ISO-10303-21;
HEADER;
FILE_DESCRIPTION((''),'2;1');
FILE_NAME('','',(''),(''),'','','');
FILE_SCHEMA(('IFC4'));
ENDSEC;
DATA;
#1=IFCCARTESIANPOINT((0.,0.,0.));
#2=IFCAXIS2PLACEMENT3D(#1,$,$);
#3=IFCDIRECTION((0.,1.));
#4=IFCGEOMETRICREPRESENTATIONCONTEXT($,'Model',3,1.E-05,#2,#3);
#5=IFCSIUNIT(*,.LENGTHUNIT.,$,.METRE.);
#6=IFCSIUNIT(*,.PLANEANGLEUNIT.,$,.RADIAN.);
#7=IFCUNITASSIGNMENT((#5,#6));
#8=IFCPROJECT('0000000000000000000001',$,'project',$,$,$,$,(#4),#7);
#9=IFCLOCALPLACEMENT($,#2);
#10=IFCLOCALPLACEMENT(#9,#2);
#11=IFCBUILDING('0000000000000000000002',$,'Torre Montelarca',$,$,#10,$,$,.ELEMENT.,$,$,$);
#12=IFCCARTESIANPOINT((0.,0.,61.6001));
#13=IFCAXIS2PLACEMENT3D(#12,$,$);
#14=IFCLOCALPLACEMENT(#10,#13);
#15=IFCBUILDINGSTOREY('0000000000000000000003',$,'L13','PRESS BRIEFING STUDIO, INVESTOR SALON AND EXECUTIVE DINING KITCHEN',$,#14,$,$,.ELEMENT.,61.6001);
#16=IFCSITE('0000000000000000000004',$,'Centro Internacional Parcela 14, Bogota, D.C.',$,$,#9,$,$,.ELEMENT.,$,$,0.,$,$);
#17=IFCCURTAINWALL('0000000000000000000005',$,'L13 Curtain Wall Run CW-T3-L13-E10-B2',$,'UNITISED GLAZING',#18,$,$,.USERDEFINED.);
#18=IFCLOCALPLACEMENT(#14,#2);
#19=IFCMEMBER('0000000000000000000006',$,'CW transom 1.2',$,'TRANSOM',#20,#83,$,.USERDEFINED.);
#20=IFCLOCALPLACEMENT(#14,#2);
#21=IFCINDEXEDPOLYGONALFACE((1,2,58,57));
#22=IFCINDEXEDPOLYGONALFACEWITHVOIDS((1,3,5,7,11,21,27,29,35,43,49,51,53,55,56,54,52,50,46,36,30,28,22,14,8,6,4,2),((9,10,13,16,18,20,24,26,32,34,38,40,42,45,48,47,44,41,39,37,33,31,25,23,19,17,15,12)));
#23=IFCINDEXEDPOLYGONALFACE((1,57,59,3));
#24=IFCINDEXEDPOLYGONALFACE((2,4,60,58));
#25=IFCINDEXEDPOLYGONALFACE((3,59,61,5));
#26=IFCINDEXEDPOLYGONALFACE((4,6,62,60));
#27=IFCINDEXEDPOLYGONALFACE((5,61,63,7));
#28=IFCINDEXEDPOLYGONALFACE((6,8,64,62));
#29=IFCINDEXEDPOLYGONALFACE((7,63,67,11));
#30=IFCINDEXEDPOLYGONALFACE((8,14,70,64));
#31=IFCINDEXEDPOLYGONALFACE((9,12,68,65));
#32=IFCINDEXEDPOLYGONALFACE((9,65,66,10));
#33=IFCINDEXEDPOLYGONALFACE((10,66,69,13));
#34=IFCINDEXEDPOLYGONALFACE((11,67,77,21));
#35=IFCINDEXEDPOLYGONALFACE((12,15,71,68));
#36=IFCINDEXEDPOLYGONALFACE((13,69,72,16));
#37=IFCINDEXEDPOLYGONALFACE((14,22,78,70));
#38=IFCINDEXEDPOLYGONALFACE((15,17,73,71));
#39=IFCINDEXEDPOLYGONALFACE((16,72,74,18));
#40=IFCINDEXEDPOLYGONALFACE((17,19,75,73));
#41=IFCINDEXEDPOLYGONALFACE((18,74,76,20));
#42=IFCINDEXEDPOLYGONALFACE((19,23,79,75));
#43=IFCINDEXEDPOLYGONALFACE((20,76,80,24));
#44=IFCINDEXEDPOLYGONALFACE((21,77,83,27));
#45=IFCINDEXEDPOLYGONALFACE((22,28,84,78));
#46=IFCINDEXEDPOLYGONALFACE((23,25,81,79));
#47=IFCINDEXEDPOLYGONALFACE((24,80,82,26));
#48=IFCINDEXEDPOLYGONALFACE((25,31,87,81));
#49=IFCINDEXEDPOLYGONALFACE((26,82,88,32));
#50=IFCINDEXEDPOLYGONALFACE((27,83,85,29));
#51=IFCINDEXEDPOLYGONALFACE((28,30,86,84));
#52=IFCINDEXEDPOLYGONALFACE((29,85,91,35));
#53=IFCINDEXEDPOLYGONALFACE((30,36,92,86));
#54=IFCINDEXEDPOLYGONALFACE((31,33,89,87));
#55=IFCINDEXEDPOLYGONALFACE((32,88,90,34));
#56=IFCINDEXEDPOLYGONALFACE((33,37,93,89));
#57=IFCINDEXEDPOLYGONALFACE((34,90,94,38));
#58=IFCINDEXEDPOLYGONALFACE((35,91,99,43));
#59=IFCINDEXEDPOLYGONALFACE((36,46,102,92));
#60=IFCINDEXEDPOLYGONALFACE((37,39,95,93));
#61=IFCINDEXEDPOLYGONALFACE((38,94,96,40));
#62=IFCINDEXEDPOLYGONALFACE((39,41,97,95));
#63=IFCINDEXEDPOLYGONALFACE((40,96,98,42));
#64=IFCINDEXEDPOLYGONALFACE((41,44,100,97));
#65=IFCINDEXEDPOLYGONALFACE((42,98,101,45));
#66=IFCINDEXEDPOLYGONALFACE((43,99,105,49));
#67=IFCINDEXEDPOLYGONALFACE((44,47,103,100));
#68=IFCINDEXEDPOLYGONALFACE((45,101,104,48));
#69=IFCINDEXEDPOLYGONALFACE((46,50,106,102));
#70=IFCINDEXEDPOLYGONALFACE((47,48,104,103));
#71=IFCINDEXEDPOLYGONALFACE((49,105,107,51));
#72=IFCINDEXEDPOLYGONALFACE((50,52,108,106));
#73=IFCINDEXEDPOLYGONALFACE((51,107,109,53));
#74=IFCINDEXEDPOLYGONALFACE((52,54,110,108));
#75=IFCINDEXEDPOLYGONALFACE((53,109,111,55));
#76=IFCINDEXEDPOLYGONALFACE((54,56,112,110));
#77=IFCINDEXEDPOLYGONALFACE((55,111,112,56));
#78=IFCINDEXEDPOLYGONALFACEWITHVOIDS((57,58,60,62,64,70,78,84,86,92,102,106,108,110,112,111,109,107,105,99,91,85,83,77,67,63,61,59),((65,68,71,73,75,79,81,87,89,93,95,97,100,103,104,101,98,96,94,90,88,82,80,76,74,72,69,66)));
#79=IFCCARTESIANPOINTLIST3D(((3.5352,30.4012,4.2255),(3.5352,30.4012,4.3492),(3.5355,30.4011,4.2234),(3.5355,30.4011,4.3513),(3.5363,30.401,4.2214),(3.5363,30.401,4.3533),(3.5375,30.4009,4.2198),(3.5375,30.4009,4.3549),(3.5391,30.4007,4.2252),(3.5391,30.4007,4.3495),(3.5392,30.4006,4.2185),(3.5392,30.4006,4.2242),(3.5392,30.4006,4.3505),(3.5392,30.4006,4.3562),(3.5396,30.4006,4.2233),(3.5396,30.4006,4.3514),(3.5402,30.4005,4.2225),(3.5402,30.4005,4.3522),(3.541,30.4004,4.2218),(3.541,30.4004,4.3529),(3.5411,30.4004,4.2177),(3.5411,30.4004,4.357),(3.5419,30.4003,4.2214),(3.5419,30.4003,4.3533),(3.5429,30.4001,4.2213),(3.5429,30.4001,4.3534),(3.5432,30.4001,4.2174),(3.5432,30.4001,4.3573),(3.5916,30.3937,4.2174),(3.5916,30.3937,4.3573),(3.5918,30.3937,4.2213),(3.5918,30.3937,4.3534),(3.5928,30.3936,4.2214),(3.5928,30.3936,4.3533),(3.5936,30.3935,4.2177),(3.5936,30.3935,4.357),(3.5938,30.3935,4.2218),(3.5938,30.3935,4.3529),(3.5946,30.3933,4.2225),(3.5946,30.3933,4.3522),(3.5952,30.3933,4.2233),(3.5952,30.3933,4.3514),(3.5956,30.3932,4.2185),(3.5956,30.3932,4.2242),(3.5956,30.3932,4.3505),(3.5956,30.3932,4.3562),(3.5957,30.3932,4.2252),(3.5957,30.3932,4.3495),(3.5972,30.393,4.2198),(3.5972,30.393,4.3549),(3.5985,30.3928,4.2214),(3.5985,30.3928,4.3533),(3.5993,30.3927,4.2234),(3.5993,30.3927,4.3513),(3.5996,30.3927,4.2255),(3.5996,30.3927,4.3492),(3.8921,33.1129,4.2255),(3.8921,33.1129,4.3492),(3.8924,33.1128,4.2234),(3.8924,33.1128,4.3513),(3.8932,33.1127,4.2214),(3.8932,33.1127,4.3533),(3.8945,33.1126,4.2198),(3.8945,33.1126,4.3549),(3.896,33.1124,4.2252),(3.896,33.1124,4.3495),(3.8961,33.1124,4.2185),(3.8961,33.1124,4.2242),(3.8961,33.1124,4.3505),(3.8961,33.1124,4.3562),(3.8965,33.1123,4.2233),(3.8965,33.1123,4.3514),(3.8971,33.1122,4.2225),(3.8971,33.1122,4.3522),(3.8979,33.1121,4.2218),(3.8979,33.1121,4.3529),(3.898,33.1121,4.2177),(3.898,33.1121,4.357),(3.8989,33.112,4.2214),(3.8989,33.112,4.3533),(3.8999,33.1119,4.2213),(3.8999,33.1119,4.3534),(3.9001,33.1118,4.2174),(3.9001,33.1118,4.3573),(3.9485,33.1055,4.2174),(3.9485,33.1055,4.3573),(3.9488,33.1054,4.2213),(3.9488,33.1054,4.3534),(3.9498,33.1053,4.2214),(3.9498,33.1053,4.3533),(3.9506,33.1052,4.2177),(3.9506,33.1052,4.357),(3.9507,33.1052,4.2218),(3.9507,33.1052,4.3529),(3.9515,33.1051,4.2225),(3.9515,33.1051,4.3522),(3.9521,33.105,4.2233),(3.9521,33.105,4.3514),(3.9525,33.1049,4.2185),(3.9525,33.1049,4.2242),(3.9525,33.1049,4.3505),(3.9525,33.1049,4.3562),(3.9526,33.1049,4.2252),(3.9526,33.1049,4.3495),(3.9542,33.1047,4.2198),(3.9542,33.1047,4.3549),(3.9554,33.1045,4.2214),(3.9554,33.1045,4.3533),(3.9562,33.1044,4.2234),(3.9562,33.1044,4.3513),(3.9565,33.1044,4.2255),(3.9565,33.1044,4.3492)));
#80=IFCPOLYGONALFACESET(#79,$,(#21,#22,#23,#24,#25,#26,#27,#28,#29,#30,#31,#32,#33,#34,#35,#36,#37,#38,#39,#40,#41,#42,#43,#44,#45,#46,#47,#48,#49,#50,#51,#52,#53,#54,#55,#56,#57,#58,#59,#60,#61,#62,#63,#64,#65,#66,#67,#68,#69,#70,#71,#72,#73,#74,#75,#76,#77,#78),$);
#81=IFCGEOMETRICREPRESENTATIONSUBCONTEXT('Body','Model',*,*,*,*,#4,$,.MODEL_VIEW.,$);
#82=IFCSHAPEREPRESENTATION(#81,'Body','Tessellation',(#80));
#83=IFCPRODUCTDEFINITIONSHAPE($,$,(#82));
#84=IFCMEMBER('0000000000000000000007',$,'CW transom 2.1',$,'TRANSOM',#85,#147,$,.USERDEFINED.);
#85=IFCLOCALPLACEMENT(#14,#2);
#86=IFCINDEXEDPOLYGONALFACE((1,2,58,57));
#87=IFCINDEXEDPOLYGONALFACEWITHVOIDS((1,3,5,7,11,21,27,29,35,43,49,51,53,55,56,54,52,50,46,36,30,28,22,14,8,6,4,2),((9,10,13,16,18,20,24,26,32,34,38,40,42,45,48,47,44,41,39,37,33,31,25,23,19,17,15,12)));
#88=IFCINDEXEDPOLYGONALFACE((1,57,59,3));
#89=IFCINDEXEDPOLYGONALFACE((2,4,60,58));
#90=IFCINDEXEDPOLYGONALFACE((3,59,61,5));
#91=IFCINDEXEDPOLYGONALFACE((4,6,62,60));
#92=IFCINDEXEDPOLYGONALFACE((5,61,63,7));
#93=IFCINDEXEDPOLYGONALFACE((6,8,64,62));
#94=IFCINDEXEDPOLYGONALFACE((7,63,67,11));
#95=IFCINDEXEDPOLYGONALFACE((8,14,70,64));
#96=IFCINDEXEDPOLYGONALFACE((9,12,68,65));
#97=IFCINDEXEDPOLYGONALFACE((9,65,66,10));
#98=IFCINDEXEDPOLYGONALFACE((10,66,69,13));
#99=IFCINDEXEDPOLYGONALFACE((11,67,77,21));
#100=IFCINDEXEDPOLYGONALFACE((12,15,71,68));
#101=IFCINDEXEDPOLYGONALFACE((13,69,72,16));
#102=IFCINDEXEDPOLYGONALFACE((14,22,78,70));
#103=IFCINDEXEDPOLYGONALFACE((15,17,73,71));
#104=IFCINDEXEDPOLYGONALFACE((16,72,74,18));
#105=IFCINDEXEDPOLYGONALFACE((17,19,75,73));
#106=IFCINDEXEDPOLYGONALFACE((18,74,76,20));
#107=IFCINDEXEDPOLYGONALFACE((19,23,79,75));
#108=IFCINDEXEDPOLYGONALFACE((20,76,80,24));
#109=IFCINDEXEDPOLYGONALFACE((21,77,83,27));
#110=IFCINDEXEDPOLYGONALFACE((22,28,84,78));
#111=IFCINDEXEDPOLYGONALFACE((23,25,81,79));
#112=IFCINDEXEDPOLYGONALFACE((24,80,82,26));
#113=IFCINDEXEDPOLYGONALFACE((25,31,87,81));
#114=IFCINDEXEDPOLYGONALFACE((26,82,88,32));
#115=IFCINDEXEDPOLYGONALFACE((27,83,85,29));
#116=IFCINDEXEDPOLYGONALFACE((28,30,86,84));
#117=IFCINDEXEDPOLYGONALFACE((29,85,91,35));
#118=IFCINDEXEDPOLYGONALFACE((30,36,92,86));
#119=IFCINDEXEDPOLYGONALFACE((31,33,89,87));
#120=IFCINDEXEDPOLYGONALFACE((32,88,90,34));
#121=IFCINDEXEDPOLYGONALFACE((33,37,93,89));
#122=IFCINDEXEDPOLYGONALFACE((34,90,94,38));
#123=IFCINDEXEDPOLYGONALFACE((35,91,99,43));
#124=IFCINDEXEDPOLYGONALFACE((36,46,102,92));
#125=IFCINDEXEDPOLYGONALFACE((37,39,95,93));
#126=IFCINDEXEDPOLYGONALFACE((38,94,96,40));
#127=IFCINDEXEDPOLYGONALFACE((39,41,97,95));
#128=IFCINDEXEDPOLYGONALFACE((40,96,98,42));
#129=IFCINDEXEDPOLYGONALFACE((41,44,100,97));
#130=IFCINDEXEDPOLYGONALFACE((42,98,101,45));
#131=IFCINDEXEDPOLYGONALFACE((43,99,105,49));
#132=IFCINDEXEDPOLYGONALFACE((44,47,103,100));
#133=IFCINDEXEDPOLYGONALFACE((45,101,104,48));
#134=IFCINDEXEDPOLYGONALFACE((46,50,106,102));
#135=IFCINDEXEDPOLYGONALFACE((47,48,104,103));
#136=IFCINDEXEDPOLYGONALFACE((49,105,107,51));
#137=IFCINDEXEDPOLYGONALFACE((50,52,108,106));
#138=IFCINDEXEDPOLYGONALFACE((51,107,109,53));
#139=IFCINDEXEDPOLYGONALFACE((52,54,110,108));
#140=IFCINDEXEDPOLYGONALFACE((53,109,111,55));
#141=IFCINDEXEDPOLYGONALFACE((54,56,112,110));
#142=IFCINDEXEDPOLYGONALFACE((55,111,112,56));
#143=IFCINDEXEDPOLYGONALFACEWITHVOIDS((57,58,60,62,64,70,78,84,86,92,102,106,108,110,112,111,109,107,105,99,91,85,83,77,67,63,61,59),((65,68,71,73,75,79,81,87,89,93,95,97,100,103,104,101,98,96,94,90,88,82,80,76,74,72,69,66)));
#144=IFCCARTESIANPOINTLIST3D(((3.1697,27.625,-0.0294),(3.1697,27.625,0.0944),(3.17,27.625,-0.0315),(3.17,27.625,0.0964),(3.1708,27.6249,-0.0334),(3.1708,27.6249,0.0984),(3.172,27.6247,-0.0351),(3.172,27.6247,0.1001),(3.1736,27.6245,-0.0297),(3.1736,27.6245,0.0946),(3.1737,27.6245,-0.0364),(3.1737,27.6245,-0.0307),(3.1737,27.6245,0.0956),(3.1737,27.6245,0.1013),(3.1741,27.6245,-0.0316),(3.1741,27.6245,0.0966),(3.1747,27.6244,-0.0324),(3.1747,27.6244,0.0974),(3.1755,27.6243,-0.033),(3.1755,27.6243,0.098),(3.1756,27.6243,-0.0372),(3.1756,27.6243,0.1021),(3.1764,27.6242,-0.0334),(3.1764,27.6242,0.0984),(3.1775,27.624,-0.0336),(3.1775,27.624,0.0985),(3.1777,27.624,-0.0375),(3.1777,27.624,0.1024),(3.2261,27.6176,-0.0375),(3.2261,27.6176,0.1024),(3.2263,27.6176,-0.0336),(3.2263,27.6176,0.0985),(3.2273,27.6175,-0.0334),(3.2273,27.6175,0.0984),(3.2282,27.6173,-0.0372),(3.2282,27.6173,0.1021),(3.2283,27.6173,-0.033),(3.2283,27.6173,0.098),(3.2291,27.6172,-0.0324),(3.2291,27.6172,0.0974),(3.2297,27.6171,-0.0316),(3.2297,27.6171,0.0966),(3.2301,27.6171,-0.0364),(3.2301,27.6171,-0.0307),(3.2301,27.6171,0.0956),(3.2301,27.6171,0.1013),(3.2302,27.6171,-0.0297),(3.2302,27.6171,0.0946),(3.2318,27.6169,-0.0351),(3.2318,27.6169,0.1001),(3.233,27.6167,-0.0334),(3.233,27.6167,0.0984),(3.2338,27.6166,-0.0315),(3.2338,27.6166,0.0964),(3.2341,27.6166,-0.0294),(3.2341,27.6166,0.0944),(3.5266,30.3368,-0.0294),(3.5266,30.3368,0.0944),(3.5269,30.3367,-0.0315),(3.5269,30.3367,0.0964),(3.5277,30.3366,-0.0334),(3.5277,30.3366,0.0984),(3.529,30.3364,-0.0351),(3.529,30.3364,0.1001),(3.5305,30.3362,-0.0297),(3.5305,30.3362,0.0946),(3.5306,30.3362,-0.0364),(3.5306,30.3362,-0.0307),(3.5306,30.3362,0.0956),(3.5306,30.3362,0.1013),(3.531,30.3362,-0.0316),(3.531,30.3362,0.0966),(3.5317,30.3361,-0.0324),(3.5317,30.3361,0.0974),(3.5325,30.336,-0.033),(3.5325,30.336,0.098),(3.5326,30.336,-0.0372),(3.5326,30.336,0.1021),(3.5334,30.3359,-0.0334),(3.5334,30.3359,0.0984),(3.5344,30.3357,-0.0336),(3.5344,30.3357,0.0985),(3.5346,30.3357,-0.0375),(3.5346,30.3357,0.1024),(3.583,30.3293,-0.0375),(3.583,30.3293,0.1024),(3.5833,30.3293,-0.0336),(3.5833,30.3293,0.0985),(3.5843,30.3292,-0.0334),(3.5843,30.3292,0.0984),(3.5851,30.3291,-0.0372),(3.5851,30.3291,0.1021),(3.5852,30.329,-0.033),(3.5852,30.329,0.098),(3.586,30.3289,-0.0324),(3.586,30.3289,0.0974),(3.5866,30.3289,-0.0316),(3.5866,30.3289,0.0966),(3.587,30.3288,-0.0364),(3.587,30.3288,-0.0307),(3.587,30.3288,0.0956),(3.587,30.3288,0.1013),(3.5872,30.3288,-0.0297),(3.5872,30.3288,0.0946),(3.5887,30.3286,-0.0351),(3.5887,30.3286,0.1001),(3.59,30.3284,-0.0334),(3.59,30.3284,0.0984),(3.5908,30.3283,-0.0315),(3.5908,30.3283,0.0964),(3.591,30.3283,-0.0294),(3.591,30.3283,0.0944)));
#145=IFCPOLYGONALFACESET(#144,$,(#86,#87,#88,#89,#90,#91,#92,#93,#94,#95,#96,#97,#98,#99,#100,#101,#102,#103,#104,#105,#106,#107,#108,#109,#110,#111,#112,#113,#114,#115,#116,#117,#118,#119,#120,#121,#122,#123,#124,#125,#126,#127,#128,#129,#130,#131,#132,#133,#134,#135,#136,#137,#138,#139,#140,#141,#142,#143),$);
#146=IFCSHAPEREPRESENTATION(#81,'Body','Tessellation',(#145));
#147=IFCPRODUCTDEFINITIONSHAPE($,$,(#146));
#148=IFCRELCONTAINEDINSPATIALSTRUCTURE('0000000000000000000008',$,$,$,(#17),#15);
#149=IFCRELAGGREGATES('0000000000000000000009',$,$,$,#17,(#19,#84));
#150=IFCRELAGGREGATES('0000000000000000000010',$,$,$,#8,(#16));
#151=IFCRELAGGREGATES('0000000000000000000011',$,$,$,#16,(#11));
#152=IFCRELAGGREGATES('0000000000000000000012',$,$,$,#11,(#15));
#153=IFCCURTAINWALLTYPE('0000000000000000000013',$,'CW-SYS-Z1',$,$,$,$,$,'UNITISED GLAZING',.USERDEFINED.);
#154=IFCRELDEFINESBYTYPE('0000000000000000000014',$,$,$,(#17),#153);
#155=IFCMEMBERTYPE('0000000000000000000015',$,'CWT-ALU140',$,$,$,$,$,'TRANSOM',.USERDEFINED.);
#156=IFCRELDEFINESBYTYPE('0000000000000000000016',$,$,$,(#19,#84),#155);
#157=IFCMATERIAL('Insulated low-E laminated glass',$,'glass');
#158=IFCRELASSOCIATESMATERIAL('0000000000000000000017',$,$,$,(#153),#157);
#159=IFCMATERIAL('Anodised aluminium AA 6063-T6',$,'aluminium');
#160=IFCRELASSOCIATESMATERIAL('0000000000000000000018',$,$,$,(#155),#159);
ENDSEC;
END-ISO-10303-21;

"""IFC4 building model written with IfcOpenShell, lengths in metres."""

from ifc_helpers import new_model, si_unit, direction, frame, origin, origin_2d, place, context, subcontext, project, spatial, hollow_rectangle, extrude, source, transform, mapped, material, material_profile, profile_set, type_object, element, aggregate, save


model = new_model("IFC4")

# Units and contexts
model_context = context("Model", 3, precision=1e-05, world=origin(), true_north=direction((0.0, 1.0)))
body_context = subcontext(model_context, "Body", "Model", "MODEL_VIEW")
ifc_project = project(units=[si_unit("LENGTHUNIT", "METRE"), si_unit("PLANEANGLEUNIT", "RADIAN")], contexts=[model_context])

# Site, building, storey
site_placement = place(None, origin())
site = spatial("IfcSite", under=ifc_project, at=site_placement, Name="Centro Internacional Parcela 14, Bogota, D.C.", CompositionType="ELEMENT", RefElevation=0.0)
building_placement = place(site_placement, origin())
building = spatial("IfcBuilding", under=site, at=building_placement, Name="Torre Montelarca", CompositionType="ELEMENT")
storey_placement = place(building_placement, frame((0.0, 0.0, 61.6001)))
storey = spatial("IfcBuildingStorey", under=building, at=storey_placement, Name="L13", Description="PRESS BRIEFING STUDIO, INVESTOR SALON AND EXECUTIVE DINING KITCHEN", CompositionType="ELEMENT", Elevation=61.6001)

# Shared definitions
ifc_material_1 = material(Name="Insulated low-E laminated glass", Category="glass")
curtain_wall_type = type_object("IfcCurtainWallType", Name="CW-SYS-Z1", ElementType="UNITISED GLAZING", PredefinedType="USERDEFINED", material=ifc_material_1)
ifc_material_2 = material(Name="Anodised aluminium AA 6063-T6", Category="aluminium")
ifc_material_profile_1 = material_profile(ifc_material_2, hollow_rectangle(XDim=0.0649, YDim=0.1399, WallThickness=0.0039, InnerFilletRadius=0.0039, OuterFilletRadius=0.0081, at=origin_2d()), Name="ALU65X140X4", Category="aluminium")
ifc_profile_set_1 = profile_set([ifc_material_profile_1], Name="Anodised aluminium AA 6063-T6")
member_type_1 = type_object("IfcMemberType", Name="CWT-ALU140", ElementType="TRANSOM", PredefinedType="USERDEFINED", material=ifc_profile_set_1)

# Curtain wall, members
curtain_wall_1_placement = place(storey_placement, origin())
curtain_wall_1 = element("IfcCurtainWall", 1, at=curtain_wall_1_placement, inside=storey, type_object=curtain_wall_type, Name="L13 Curtain Wall Run CW-T3-L13-E10-B2", ObjectType="UNITISED GLAZING", PredefinedType="USERDEFINED")
shared_shape_1 = source(origin(), body_context, "Body", "SweptSolid", [
    extrude(hollow_rectangle(XDim=0.0649, YDim=0.1399, WallThickness=0.0039, InnerFilletRadius=0.0039, OuterFilletRadius=0.0081, at=origin_2d()), origin(), (0.0, 0.0, 1.0), 2.7351),
])
member_1_placement = place(storey_placement, frame((3.9243, 33.1086, 4.2874), z_axis=(-0.130503, -0.991448, 0.0), x_axis=(0.991448, -0.130503, 0.0)))
member_1 = element("IfcMember", 2, at=member_1_placement, type_object=member_type_1, Name="CW transom 1.2", ObjectType="TRANSOM", PredefinedType="USERDEFINED", context=body_context, shape_type="MappedRepresentation", body=[
    mapped(shared_shape_1, transform((0.0, 0.0, 0.0), scale=1.0)),
])
member_2_placement = place(storey_placement, frame((3.5588, 30.3325, 0.0325), z_axis=(-0.130503, -0.991448, 0.0), x_axis=(0.991448, -0.130503, 0.0)))
member_2 = element("IfcMember", 3, at=member_2_placement, type_object=member_type_1, Name="CW transom 2.1", ObjectType="TRANSOM", PredefinedType="USERDEFINED", context=body_context, shape_type="MappedRepresentation", body=[
    mapped(shared_shape_1, transform((0.0, 0.0, 0.0), scale=1.0)),
])

aggregate(curtain_wall_1, [member_1, member_2])

save(model, "model.ifc")
